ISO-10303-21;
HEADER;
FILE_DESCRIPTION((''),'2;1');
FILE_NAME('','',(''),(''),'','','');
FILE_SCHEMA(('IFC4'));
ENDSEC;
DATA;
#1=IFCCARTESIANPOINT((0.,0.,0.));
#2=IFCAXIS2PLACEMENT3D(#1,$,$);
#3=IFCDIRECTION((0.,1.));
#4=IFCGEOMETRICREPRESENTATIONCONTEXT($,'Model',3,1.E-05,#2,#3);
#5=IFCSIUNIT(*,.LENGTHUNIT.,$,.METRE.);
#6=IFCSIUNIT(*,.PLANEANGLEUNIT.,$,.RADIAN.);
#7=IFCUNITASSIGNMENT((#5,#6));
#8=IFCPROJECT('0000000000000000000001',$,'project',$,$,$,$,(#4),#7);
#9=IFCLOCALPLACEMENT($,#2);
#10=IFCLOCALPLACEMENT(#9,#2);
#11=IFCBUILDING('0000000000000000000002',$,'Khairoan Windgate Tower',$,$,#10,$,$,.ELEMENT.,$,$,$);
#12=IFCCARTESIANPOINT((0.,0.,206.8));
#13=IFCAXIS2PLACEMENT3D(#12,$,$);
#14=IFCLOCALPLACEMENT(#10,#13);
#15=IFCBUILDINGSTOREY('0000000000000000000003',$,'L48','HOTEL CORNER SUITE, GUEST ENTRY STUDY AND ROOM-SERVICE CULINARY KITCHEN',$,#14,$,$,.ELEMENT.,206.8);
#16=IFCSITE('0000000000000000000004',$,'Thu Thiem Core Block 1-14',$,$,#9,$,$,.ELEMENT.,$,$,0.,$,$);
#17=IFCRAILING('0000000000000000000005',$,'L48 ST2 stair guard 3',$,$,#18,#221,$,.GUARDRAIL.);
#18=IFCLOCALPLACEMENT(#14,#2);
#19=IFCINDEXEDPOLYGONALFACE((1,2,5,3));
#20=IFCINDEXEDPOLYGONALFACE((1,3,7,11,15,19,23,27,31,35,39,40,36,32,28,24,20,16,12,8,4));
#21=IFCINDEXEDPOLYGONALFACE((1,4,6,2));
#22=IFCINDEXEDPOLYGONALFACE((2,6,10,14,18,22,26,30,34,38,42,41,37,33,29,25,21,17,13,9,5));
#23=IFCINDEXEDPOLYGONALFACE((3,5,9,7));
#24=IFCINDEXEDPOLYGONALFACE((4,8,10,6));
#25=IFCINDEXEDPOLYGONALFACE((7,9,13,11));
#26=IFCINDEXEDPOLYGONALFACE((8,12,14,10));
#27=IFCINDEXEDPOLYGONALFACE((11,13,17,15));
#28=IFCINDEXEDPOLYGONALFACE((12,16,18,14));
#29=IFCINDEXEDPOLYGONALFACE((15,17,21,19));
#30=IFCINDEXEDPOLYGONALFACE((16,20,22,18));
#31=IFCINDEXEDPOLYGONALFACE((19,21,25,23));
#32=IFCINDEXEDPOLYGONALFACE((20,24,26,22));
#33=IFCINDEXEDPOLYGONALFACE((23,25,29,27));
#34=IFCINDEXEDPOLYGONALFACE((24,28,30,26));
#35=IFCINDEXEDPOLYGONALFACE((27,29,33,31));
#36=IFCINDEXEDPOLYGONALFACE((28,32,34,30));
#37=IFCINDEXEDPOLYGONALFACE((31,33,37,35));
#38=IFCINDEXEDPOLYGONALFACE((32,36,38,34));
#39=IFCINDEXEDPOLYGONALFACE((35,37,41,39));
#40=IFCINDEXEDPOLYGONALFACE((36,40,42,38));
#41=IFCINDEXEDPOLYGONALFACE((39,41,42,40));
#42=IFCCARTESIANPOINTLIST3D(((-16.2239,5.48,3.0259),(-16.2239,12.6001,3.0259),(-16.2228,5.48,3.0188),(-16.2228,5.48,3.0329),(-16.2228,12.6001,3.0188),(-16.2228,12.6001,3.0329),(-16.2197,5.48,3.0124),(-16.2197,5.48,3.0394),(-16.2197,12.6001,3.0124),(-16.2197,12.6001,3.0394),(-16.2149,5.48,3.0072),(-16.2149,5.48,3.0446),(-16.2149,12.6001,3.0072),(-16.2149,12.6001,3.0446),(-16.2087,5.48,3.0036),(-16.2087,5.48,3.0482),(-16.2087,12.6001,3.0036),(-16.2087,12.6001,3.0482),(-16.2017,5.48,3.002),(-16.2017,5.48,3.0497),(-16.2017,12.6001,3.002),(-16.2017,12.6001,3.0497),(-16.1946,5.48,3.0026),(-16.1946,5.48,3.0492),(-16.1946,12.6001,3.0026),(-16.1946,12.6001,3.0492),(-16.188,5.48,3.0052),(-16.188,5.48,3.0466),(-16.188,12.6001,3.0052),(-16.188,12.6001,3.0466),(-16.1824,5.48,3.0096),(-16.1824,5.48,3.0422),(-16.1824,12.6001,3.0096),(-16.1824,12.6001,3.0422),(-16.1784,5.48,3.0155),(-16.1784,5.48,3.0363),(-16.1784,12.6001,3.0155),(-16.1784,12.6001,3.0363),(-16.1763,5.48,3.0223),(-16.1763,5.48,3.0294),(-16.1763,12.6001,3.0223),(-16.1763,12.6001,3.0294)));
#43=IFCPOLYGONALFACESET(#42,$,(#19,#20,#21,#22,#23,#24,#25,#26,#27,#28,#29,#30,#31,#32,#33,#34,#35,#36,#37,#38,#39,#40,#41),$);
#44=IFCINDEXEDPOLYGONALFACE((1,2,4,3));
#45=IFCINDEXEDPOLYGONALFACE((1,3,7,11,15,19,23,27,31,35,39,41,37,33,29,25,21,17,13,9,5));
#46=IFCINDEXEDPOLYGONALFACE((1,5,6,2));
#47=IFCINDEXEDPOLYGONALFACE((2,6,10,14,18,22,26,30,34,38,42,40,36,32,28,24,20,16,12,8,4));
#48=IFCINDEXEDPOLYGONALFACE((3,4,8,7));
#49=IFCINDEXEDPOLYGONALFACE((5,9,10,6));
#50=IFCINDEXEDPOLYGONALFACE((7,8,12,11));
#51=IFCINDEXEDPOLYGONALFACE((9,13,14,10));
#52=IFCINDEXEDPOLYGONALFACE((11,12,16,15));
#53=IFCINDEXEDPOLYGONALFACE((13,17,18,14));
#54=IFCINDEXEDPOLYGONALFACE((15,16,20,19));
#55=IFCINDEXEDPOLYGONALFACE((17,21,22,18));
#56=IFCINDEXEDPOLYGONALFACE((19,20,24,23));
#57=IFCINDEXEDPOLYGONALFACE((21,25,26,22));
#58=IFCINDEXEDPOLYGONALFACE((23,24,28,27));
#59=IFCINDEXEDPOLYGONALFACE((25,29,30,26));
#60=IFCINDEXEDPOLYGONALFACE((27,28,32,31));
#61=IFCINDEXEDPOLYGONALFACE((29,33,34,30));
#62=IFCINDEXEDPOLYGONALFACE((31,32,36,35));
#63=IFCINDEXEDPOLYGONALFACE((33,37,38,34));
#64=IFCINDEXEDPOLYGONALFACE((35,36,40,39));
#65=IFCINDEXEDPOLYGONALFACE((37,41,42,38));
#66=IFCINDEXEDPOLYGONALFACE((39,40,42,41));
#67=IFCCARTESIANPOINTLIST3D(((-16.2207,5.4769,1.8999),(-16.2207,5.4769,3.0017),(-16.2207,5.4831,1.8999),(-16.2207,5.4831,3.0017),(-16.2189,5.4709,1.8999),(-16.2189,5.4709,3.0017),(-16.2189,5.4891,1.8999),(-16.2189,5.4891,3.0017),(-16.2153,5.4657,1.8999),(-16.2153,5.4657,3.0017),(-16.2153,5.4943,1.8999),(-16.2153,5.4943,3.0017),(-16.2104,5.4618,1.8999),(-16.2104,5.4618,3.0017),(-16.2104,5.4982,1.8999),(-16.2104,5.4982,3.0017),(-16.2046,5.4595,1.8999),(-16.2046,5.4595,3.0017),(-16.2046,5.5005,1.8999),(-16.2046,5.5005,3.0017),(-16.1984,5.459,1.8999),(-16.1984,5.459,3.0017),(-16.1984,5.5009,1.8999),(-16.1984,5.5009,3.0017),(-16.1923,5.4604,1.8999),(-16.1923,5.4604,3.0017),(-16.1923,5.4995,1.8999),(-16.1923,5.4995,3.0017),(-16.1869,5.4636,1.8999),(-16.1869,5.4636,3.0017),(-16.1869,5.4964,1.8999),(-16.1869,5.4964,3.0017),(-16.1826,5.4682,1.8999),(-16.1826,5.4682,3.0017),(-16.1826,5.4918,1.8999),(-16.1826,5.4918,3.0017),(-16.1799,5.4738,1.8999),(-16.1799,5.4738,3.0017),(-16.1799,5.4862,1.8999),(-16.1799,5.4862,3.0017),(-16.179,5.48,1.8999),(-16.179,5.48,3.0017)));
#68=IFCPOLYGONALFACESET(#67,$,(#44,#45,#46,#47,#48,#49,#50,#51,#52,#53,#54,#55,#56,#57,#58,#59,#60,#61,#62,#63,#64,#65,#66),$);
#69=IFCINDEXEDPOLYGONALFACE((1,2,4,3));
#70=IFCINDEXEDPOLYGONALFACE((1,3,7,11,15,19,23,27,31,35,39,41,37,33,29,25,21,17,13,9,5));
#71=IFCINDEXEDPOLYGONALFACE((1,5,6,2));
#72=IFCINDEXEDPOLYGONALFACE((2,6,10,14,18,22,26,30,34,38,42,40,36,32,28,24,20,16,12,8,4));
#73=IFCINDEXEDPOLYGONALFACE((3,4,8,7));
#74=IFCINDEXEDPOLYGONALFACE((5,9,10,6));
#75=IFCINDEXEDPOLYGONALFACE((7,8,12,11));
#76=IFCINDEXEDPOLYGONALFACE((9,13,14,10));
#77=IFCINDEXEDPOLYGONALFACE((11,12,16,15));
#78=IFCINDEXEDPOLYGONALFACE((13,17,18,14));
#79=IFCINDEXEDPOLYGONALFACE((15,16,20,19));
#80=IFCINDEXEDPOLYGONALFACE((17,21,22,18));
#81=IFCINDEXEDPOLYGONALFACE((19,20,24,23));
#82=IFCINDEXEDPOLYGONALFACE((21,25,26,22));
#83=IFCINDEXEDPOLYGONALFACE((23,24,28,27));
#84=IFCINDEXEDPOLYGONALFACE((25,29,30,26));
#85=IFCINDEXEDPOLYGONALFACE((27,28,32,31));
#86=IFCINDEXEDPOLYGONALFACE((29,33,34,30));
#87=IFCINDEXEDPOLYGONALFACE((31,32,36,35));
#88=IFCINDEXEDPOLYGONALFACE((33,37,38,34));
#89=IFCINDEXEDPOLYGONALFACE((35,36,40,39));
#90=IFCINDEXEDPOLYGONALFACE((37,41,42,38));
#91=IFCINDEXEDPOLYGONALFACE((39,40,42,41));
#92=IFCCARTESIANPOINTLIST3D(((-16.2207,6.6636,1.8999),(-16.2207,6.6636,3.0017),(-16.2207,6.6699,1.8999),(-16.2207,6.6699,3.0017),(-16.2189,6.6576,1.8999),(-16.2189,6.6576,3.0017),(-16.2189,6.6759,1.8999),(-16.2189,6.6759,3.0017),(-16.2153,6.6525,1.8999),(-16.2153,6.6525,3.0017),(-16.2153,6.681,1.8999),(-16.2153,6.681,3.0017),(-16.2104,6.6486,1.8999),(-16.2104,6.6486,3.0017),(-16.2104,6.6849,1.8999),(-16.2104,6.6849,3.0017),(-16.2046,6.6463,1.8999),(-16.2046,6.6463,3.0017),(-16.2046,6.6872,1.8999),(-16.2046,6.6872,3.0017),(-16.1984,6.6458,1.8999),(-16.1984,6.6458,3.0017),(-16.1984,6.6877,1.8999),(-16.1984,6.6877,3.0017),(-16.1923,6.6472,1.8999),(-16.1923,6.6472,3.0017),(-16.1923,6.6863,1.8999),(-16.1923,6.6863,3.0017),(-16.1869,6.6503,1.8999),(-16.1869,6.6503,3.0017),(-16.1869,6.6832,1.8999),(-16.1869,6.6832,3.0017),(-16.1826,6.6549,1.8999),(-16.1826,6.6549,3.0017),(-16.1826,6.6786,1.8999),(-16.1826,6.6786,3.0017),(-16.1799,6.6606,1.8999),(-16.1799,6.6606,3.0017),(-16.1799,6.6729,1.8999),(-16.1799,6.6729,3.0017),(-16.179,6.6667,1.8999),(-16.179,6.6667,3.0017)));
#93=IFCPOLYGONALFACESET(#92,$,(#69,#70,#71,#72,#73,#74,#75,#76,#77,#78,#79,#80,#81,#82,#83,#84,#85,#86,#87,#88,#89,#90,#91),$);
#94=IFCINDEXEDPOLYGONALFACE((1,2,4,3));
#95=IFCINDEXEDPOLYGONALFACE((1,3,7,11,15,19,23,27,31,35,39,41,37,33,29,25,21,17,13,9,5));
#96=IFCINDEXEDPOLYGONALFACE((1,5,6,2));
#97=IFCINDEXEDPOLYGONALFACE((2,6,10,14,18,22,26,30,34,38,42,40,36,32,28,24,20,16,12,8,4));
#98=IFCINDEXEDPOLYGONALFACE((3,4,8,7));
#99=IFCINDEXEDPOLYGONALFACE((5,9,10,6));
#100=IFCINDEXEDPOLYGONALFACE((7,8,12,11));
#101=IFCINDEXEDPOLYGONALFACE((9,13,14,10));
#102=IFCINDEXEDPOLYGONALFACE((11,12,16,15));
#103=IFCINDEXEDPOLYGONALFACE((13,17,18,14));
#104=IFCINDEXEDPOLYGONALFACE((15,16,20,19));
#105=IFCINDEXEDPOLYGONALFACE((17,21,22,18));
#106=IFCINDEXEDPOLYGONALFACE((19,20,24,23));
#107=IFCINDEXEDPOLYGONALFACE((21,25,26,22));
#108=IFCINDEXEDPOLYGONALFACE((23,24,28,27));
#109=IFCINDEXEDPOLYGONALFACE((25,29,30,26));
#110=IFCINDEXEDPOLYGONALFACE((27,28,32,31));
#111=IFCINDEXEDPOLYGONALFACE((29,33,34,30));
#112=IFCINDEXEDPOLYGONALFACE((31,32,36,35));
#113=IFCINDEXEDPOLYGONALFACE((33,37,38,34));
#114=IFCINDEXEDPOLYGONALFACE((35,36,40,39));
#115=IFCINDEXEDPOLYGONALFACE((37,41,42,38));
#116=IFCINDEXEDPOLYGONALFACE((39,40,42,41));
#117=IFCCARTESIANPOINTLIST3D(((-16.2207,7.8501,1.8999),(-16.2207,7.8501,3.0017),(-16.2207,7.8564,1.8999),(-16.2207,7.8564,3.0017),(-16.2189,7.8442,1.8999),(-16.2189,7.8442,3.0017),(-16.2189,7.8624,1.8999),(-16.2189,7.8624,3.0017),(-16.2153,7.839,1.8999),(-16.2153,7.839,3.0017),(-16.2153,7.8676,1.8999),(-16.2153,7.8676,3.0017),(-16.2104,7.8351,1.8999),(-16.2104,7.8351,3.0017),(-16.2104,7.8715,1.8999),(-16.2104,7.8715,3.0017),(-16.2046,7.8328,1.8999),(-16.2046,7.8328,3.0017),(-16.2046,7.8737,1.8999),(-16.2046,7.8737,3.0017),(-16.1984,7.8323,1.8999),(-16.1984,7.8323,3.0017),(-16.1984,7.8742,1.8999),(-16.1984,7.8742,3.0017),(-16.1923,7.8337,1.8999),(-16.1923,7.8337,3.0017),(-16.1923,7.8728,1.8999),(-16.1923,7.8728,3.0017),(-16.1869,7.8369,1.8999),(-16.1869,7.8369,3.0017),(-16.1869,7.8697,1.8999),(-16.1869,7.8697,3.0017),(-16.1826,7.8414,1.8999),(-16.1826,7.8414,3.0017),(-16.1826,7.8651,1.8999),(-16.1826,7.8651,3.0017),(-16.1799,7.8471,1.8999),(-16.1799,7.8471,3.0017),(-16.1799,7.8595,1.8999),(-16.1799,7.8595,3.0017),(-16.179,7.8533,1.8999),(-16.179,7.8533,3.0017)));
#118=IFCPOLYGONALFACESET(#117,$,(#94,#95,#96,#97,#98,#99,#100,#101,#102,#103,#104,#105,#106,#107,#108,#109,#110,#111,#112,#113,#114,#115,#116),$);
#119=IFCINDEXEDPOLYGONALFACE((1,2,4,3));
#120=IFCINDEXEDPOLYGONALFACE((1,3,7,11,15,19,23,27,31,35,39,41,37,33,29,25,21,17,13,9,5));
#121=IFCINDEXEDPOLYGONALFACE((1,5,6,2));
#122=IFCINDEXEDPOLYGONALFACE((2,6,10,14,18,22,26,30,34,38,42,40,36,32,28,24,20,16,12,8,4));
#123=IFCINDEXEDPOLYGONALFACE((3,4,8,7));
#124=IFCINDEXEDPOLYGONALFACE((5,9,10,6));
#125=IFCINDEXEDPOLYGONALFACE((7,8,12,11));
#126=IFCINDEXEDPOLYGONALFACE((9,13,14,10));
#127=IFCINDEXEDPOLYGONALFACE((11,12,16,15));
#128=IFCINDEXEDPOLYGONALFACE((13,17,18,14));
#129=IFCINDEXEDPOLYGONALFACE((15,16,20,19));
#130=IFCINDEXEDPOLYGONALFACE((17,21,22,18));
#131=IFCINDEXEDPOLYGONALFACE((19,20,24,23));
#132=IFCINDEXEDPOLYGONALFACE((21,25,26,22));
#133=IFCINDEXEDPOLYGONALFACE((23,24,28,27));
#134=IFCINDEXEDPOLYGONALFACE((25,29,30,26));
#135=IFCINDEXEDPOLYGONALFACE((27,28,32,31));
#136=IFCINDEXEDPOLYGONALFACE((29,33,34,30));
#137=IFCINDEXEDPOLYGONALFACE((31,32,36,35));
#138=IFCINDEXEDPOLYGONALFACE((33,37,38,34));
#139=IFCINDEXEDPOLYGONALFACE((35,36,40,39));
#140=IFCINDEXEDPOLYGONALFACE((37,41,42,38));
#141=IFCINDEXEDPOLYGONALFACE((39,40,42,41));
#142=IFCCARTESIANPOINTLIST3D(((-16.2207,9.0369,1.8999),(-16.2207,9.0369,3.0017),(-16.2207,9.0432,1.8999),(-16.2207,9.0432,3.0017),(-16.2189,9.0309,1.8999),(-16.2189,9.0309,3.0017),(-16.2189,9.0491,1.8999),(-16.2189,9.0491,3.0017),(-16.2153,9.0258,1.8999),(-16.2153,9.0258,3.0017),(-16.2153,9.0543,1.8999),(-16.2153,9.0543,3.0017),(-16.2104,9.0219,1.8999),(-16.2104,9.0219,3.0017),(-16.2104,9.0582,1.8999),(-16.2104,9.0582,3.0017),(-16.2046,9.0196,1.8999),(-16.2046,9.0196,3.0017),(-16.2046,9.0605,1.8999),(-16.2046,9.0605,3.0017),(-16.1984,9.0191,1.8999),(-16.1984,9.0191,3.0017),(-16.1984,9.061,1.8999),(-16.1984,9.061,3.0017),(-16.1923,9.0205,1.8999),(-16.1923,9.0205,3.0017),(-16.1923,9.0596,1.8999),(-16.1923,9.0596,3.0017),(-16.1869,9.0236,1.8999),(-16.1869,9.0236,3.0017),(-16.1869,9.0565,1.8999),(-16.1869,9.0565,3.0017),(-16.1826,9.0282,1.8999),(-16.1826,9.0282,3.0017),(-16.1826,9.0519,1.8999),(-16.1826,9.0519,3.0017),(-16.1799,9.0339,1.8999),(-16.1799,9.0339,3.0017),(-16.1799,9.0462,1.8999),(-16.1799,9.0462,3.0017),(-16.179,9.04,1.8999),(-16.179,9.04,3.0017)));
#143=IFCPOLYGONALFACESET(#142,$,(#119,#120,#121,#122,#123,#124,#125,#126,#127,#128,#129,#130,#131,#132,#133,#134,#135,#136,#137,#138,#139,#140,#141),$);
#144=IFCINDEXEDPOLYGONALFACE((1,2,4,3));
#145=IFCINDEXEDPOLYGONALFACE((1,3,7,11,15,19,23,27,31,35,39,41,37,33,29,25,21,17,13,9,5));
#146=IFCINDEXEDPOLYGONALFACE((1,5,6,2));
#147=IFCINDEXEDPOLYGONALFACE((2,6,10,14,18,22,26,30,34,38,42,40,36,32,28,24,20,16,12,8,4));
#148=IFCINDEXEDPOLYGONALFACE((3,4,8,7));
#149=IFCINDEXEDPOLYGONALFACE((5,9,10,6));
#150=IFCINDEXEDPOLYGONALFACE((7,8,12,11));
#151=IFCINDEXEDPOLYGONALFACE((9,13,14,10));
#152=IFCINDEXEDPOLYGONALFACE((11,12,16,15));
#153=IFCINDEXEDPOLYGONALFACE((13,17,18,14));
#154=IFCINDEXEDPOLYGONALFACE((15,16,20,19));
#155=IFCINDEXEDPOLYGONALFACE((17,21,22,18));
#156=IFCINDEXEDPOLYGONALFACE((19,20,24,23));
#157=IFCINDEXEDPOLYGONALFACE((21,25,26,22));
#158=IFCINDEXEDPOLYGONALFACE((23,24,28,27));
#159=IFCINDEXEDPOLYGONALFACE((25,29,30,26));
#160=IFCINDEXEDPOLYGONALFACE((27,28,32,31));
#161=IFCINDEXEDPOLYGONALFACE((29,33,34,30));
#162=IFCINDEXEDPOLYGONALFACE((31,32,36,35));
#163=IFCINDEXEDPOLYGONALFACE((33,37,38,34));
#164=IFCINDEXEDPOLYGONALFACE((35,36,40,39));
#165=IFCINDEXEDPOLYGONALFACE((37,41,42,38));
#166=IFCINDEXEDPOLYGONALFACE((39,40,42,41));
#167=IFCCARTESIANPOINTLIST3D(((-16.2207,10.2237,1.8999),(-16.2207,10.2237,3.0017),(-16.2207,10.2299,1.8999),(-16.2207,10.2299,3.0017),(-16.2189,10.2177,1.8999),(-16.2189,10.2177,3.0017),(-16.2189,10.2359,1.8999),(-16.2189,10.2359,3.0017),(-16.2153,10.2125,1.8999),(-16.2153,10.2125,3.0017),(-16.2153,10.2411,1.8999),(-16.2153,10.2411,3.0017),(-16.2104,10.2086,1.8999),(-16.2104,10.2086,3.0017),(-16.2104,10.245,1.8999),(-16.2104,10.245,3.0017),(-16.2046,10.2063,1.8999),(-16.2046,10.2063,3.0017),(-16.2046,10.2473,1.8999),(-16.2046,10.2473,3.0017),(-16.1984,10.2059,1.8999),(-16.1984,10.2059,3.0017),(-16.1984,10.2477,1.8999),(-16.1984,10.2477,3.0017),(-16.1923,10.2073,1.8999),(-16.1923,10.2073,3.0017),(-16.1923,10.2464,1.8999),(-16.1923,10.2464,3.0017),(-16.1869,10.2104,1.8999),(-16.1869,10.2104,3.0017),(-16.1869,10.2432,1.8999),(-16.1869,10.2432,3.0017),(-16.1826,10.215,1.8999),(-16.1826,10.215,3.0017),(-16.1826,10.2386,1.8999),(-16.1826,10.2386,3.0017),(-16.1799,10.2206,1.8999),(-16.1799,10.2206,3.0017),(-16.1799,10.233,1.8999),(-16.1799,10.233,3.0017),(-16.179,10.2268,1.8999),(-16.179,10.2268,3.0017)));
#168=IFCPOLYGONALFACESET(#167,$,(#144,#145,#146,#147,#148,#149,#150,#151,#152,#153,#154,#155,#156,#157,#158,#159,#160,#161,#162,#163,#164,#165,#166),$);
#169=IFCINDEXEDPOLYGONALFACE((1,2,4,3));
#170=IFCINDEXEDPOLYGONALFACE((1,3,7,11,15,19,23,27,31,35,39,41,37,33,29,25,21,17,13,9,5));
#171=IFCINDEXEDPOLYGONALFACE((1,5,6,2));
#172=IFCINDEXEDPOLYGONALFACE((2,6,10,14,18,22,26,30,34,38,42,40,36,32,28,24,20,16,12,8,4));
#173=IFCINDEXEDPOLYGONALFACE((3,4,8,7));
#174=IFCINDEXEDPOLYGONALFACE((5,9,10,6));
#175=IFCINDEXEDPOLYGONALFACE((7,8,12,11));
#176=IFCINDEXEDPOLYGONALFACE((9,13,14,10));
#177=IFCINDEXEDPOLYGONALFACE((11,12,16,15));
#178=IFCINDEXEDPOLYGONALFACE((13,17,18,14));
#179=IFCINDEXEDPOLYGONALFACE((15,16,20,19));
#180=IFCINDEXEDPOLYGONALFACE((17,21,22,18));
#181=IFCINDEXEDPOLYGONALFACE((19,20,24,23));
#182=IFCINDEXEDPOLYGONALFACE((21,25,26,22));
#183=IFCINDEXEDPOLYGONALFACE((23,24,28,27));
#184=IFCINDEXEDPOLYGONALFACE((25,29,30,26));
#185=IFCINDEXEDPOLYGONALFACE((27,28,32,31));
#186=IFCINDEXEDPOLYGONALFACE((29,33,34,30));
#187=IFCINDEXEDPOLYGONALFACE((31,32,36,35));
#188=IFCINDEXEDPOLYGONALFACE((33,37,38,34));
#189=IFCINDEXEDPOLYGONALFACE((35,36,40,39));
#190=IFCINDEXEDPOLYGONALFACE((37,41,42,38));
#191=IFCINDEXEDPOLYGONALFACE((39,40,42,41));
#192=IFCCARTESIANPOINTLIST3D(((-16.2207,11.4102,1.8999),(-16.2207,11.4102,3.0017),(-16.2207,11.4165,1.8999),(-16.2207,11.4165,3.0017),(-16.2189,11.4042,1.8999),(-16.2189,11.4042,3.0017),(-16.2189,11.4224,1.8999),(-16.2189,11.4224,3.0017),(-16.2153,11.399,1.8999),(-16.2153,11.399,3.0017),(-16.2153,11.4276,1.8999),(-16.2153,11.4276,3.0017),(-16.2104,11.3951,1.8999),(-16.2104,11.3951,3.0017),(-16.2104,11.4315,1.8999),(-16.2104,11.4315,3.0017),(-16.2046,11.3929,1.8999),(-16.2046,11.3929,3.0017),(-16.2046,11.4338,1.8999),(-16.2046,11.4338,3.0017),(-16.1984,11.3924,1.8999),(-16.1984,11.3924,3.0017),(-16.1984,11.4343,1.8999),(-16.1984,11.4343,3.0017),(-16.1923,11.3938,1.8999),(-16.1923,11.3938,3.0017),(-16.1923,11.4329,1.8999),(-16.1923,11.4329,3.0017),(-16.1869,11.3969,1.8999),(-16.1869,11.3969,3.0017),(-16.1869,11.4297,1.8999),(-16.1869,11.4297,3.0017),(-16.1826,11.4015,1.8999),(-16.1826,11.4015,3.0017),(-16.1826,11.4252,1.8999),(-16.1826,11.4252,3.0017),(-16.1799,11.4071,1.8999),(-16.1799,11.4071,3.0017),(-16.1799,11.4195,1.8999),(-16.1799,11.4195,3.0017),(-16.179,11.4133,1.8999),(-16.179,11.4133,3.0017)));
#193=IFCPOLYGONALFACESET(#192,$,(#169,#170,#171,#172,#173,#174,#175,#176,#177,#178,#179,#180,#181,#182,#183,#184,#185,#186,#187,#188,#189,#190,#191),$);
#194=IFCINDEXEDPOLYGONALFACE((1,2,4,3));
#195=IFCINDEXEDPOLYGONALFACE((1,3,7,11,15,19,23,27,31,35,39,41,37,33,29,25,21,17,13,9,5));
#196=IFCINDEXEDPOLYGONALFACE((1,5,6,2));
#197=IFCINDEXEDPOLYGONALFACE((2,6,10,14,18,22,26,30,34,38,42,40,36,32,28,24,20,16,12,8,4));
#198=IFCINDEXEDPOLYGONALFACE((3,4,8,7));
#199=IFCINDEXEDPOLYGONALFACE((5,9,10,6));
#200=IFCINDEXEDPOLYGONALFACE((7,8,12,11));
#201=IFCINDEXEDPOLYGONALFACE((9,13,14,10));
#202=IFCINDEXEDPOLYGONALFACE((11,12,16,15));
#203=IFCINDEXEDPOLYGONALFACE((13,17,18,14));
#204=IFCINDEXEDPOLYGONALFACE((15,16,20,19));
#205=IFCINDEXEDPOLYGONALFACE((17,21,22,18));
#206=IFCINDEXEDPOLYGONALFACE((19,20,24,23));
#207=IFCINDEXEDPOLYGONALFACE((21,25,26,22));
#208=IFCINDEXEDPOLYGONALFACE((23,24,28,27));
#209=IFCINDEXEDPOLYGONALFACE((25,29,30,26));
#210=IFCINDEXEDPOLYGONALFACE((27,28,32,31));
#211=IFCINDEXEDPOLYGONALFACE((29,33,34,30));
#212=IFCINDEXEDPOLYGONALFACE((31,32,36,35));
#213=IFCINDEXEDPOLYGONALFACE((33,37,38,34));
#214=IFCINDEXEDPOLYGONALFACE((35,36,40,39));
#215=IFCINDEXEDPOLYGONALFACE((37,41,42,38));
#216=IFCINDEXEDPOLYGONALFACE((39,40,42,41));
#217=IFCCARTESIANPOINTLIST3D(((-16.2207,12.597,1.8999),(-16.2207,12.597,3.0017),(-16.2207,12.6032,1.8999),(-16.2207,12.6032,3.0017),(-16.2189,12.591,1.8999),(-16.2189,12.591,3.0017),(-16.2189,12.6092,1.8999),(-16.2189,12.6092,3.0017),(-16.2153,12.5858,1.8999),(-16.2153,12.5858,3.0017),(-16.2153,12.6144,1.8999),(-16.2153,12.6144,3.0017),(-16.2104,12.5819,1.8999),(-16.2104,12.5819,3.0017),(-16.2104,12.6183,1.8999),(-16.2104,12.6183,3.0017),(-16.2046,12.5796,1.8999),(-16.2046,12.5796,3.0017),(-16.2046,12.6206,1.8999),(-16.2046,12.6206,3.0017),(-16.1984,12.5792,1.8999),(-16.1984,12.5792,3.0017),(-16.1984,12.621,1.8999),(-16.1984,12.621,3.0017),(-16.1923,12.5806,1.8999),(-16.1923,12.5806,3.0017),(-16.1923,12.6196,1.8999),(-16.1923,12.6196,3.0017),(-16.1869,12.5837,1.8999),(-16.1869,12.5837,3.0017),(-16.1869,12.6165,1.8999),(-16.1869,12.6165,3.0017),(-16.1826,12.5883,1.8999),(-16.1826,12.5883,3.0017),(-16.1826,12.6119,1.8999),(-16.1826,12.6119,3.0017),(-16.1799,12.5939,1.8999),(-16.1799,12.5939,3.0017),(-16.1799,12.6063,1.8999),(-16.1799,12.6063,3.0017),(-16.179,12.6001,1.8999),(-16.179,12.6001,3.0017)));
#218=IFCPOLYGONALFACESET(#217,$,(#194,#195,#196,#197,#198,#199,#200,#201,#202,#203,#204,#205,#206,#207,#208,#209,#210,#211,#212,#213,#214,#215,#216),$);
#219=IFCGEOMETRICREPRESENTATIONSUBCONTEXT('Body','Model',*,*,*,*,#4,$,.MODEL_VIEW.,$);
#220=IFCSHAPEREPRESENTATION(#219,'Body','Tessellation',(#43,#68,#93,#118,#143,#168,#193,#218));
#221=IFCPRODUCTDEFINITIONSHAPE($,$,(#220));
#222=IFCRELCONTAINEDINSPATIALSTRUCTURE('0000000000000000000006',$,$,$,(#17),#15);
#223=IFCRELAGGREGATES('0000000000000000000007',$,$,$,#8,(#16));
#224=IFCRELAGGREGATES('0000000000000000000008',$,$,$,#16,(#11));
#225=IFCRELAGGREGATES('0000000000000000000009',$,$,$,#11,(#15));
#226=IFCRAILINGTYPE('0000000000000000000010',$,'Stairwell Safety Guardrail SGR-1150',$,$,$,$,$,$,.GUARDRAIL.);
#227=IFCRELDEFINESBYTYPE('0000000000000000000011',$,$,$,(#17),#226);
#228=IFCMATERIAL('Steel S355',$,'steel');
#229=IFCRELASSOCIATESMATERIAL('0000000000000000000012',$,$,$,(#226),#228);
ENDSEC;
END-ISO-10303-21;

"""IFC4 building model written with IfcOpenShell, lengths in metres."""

from ifc_helpers import new_model, si_unit, direction, frame, origin, origin_2d, place, context, subcontext, project, spatial, circle, extrude, material, type_object, element, save


model = new_model("IFC4")

# Units and contexts
model_context = context("Model", 3, precision=1e-05, world=origin(), true_north=direction((0.0, 1.0)))
body_context = subcontext(model_context, "Body", "Model", "MODEL_VIEW")
ifc_project = project(units=[si_unit("LENGTHUNIT", "METRE"), si_unit("PLANEANGLEUNIT", "RADIAN")], contexts=[model_context])

# Site, building, storey
site_placement = place(None, origin())
site = spatial("IfcSite", under=ifc_project, at=site_placement, Name="Thu Thiem Core Block 1-14", CompositionType="ELEMENT", RefElevation=0.0)
building_placement = place(site_placement, origin())
building = spatial("IfcBuilding", under=site, at=building_placement, Name="Khairoan Windgate Tower", CompositionType="ELEMENT")
storey_placement = place(building_placement, frame((0.0, 0.0, 206.8)))
storey = spatial("IfcBuildingStorey", under=building, at=storey_placement, Name="L48", Description="HOTEL CORNER SUITE, GUEST ENTRY STUDY AND ROOM-SERVICE CULINARY KITCHEN", CompositionType="ELEMENT", Elevation=206.8)

# Railing
ifc_material_1 = material(Name="Steel S355", Category="steel")
railing_type_1 = type_object("IfcRailingType", Name="Stairwell Safety Guardrail SGR-1150", PredefinedType="GUARDRAIL", material=ifc_material_1)
railing_1_placement = place(storey_placement, frame((-16.2, 5.48, 1.8999)))
element("IfcRailing", 1, at=railing_1_placement, inside=storey, type_object=railing_type_1, Name="L48 ST2 stair guard 3", PredefinedType="GUARDRAIL", context=body_context, shape_type="SweptSolid", body=[
    extrude(circle(Radius=0.0239, at=origin_2d()), frame((0.0, 0.0, 1.126), z_axis=(0.0, 1.0, 0.0), x_axis=(-1.0, 0.0, 0.0)), (0.0, 0.0, 1.0), 7.1201),
    extrude(circle(Radius=0.021, at=origin_2d()), origin(), (0.0, 0.0, 1.0), 1.1018),
    extrude(circle(Radius=0.021, at=origin_2d()), frame((0.0, 1.1868, 0.0)), (0.0, 0.0, 1.0), 1.1018),
    extrude(circle(Radius=0.021, at=origin_2d()), frame((0.0, 2.3733, 0.0)), (0.0, 0.0, 1.0), 1.1018),
    extrude(circle(Radius=0.021, at=origin_2d()), frame((0.0, 3.5601, 0.0)), (0.0, 0.0, 1.0), 1.1018),
    extrude(circle(Radius=0.021, at=origin_2d()), frame((0.0, 4.7468, 0.0)), (0.0, 0.0, 1.0), 1.1018),
    extrude(circle(Radius=0.021, at=origin_2d()), frame((0.0, 5.9333, 0.0)), (0.0, 0.0, 1.0), 1.1018),
    extrude(circle(Radius=0.021, at=origin_2d()), frame((0.0, 7.1201, 0.0)), (0.0, 0.0, 1.0), 1.1018),
])

save(model, "model.ifc")
